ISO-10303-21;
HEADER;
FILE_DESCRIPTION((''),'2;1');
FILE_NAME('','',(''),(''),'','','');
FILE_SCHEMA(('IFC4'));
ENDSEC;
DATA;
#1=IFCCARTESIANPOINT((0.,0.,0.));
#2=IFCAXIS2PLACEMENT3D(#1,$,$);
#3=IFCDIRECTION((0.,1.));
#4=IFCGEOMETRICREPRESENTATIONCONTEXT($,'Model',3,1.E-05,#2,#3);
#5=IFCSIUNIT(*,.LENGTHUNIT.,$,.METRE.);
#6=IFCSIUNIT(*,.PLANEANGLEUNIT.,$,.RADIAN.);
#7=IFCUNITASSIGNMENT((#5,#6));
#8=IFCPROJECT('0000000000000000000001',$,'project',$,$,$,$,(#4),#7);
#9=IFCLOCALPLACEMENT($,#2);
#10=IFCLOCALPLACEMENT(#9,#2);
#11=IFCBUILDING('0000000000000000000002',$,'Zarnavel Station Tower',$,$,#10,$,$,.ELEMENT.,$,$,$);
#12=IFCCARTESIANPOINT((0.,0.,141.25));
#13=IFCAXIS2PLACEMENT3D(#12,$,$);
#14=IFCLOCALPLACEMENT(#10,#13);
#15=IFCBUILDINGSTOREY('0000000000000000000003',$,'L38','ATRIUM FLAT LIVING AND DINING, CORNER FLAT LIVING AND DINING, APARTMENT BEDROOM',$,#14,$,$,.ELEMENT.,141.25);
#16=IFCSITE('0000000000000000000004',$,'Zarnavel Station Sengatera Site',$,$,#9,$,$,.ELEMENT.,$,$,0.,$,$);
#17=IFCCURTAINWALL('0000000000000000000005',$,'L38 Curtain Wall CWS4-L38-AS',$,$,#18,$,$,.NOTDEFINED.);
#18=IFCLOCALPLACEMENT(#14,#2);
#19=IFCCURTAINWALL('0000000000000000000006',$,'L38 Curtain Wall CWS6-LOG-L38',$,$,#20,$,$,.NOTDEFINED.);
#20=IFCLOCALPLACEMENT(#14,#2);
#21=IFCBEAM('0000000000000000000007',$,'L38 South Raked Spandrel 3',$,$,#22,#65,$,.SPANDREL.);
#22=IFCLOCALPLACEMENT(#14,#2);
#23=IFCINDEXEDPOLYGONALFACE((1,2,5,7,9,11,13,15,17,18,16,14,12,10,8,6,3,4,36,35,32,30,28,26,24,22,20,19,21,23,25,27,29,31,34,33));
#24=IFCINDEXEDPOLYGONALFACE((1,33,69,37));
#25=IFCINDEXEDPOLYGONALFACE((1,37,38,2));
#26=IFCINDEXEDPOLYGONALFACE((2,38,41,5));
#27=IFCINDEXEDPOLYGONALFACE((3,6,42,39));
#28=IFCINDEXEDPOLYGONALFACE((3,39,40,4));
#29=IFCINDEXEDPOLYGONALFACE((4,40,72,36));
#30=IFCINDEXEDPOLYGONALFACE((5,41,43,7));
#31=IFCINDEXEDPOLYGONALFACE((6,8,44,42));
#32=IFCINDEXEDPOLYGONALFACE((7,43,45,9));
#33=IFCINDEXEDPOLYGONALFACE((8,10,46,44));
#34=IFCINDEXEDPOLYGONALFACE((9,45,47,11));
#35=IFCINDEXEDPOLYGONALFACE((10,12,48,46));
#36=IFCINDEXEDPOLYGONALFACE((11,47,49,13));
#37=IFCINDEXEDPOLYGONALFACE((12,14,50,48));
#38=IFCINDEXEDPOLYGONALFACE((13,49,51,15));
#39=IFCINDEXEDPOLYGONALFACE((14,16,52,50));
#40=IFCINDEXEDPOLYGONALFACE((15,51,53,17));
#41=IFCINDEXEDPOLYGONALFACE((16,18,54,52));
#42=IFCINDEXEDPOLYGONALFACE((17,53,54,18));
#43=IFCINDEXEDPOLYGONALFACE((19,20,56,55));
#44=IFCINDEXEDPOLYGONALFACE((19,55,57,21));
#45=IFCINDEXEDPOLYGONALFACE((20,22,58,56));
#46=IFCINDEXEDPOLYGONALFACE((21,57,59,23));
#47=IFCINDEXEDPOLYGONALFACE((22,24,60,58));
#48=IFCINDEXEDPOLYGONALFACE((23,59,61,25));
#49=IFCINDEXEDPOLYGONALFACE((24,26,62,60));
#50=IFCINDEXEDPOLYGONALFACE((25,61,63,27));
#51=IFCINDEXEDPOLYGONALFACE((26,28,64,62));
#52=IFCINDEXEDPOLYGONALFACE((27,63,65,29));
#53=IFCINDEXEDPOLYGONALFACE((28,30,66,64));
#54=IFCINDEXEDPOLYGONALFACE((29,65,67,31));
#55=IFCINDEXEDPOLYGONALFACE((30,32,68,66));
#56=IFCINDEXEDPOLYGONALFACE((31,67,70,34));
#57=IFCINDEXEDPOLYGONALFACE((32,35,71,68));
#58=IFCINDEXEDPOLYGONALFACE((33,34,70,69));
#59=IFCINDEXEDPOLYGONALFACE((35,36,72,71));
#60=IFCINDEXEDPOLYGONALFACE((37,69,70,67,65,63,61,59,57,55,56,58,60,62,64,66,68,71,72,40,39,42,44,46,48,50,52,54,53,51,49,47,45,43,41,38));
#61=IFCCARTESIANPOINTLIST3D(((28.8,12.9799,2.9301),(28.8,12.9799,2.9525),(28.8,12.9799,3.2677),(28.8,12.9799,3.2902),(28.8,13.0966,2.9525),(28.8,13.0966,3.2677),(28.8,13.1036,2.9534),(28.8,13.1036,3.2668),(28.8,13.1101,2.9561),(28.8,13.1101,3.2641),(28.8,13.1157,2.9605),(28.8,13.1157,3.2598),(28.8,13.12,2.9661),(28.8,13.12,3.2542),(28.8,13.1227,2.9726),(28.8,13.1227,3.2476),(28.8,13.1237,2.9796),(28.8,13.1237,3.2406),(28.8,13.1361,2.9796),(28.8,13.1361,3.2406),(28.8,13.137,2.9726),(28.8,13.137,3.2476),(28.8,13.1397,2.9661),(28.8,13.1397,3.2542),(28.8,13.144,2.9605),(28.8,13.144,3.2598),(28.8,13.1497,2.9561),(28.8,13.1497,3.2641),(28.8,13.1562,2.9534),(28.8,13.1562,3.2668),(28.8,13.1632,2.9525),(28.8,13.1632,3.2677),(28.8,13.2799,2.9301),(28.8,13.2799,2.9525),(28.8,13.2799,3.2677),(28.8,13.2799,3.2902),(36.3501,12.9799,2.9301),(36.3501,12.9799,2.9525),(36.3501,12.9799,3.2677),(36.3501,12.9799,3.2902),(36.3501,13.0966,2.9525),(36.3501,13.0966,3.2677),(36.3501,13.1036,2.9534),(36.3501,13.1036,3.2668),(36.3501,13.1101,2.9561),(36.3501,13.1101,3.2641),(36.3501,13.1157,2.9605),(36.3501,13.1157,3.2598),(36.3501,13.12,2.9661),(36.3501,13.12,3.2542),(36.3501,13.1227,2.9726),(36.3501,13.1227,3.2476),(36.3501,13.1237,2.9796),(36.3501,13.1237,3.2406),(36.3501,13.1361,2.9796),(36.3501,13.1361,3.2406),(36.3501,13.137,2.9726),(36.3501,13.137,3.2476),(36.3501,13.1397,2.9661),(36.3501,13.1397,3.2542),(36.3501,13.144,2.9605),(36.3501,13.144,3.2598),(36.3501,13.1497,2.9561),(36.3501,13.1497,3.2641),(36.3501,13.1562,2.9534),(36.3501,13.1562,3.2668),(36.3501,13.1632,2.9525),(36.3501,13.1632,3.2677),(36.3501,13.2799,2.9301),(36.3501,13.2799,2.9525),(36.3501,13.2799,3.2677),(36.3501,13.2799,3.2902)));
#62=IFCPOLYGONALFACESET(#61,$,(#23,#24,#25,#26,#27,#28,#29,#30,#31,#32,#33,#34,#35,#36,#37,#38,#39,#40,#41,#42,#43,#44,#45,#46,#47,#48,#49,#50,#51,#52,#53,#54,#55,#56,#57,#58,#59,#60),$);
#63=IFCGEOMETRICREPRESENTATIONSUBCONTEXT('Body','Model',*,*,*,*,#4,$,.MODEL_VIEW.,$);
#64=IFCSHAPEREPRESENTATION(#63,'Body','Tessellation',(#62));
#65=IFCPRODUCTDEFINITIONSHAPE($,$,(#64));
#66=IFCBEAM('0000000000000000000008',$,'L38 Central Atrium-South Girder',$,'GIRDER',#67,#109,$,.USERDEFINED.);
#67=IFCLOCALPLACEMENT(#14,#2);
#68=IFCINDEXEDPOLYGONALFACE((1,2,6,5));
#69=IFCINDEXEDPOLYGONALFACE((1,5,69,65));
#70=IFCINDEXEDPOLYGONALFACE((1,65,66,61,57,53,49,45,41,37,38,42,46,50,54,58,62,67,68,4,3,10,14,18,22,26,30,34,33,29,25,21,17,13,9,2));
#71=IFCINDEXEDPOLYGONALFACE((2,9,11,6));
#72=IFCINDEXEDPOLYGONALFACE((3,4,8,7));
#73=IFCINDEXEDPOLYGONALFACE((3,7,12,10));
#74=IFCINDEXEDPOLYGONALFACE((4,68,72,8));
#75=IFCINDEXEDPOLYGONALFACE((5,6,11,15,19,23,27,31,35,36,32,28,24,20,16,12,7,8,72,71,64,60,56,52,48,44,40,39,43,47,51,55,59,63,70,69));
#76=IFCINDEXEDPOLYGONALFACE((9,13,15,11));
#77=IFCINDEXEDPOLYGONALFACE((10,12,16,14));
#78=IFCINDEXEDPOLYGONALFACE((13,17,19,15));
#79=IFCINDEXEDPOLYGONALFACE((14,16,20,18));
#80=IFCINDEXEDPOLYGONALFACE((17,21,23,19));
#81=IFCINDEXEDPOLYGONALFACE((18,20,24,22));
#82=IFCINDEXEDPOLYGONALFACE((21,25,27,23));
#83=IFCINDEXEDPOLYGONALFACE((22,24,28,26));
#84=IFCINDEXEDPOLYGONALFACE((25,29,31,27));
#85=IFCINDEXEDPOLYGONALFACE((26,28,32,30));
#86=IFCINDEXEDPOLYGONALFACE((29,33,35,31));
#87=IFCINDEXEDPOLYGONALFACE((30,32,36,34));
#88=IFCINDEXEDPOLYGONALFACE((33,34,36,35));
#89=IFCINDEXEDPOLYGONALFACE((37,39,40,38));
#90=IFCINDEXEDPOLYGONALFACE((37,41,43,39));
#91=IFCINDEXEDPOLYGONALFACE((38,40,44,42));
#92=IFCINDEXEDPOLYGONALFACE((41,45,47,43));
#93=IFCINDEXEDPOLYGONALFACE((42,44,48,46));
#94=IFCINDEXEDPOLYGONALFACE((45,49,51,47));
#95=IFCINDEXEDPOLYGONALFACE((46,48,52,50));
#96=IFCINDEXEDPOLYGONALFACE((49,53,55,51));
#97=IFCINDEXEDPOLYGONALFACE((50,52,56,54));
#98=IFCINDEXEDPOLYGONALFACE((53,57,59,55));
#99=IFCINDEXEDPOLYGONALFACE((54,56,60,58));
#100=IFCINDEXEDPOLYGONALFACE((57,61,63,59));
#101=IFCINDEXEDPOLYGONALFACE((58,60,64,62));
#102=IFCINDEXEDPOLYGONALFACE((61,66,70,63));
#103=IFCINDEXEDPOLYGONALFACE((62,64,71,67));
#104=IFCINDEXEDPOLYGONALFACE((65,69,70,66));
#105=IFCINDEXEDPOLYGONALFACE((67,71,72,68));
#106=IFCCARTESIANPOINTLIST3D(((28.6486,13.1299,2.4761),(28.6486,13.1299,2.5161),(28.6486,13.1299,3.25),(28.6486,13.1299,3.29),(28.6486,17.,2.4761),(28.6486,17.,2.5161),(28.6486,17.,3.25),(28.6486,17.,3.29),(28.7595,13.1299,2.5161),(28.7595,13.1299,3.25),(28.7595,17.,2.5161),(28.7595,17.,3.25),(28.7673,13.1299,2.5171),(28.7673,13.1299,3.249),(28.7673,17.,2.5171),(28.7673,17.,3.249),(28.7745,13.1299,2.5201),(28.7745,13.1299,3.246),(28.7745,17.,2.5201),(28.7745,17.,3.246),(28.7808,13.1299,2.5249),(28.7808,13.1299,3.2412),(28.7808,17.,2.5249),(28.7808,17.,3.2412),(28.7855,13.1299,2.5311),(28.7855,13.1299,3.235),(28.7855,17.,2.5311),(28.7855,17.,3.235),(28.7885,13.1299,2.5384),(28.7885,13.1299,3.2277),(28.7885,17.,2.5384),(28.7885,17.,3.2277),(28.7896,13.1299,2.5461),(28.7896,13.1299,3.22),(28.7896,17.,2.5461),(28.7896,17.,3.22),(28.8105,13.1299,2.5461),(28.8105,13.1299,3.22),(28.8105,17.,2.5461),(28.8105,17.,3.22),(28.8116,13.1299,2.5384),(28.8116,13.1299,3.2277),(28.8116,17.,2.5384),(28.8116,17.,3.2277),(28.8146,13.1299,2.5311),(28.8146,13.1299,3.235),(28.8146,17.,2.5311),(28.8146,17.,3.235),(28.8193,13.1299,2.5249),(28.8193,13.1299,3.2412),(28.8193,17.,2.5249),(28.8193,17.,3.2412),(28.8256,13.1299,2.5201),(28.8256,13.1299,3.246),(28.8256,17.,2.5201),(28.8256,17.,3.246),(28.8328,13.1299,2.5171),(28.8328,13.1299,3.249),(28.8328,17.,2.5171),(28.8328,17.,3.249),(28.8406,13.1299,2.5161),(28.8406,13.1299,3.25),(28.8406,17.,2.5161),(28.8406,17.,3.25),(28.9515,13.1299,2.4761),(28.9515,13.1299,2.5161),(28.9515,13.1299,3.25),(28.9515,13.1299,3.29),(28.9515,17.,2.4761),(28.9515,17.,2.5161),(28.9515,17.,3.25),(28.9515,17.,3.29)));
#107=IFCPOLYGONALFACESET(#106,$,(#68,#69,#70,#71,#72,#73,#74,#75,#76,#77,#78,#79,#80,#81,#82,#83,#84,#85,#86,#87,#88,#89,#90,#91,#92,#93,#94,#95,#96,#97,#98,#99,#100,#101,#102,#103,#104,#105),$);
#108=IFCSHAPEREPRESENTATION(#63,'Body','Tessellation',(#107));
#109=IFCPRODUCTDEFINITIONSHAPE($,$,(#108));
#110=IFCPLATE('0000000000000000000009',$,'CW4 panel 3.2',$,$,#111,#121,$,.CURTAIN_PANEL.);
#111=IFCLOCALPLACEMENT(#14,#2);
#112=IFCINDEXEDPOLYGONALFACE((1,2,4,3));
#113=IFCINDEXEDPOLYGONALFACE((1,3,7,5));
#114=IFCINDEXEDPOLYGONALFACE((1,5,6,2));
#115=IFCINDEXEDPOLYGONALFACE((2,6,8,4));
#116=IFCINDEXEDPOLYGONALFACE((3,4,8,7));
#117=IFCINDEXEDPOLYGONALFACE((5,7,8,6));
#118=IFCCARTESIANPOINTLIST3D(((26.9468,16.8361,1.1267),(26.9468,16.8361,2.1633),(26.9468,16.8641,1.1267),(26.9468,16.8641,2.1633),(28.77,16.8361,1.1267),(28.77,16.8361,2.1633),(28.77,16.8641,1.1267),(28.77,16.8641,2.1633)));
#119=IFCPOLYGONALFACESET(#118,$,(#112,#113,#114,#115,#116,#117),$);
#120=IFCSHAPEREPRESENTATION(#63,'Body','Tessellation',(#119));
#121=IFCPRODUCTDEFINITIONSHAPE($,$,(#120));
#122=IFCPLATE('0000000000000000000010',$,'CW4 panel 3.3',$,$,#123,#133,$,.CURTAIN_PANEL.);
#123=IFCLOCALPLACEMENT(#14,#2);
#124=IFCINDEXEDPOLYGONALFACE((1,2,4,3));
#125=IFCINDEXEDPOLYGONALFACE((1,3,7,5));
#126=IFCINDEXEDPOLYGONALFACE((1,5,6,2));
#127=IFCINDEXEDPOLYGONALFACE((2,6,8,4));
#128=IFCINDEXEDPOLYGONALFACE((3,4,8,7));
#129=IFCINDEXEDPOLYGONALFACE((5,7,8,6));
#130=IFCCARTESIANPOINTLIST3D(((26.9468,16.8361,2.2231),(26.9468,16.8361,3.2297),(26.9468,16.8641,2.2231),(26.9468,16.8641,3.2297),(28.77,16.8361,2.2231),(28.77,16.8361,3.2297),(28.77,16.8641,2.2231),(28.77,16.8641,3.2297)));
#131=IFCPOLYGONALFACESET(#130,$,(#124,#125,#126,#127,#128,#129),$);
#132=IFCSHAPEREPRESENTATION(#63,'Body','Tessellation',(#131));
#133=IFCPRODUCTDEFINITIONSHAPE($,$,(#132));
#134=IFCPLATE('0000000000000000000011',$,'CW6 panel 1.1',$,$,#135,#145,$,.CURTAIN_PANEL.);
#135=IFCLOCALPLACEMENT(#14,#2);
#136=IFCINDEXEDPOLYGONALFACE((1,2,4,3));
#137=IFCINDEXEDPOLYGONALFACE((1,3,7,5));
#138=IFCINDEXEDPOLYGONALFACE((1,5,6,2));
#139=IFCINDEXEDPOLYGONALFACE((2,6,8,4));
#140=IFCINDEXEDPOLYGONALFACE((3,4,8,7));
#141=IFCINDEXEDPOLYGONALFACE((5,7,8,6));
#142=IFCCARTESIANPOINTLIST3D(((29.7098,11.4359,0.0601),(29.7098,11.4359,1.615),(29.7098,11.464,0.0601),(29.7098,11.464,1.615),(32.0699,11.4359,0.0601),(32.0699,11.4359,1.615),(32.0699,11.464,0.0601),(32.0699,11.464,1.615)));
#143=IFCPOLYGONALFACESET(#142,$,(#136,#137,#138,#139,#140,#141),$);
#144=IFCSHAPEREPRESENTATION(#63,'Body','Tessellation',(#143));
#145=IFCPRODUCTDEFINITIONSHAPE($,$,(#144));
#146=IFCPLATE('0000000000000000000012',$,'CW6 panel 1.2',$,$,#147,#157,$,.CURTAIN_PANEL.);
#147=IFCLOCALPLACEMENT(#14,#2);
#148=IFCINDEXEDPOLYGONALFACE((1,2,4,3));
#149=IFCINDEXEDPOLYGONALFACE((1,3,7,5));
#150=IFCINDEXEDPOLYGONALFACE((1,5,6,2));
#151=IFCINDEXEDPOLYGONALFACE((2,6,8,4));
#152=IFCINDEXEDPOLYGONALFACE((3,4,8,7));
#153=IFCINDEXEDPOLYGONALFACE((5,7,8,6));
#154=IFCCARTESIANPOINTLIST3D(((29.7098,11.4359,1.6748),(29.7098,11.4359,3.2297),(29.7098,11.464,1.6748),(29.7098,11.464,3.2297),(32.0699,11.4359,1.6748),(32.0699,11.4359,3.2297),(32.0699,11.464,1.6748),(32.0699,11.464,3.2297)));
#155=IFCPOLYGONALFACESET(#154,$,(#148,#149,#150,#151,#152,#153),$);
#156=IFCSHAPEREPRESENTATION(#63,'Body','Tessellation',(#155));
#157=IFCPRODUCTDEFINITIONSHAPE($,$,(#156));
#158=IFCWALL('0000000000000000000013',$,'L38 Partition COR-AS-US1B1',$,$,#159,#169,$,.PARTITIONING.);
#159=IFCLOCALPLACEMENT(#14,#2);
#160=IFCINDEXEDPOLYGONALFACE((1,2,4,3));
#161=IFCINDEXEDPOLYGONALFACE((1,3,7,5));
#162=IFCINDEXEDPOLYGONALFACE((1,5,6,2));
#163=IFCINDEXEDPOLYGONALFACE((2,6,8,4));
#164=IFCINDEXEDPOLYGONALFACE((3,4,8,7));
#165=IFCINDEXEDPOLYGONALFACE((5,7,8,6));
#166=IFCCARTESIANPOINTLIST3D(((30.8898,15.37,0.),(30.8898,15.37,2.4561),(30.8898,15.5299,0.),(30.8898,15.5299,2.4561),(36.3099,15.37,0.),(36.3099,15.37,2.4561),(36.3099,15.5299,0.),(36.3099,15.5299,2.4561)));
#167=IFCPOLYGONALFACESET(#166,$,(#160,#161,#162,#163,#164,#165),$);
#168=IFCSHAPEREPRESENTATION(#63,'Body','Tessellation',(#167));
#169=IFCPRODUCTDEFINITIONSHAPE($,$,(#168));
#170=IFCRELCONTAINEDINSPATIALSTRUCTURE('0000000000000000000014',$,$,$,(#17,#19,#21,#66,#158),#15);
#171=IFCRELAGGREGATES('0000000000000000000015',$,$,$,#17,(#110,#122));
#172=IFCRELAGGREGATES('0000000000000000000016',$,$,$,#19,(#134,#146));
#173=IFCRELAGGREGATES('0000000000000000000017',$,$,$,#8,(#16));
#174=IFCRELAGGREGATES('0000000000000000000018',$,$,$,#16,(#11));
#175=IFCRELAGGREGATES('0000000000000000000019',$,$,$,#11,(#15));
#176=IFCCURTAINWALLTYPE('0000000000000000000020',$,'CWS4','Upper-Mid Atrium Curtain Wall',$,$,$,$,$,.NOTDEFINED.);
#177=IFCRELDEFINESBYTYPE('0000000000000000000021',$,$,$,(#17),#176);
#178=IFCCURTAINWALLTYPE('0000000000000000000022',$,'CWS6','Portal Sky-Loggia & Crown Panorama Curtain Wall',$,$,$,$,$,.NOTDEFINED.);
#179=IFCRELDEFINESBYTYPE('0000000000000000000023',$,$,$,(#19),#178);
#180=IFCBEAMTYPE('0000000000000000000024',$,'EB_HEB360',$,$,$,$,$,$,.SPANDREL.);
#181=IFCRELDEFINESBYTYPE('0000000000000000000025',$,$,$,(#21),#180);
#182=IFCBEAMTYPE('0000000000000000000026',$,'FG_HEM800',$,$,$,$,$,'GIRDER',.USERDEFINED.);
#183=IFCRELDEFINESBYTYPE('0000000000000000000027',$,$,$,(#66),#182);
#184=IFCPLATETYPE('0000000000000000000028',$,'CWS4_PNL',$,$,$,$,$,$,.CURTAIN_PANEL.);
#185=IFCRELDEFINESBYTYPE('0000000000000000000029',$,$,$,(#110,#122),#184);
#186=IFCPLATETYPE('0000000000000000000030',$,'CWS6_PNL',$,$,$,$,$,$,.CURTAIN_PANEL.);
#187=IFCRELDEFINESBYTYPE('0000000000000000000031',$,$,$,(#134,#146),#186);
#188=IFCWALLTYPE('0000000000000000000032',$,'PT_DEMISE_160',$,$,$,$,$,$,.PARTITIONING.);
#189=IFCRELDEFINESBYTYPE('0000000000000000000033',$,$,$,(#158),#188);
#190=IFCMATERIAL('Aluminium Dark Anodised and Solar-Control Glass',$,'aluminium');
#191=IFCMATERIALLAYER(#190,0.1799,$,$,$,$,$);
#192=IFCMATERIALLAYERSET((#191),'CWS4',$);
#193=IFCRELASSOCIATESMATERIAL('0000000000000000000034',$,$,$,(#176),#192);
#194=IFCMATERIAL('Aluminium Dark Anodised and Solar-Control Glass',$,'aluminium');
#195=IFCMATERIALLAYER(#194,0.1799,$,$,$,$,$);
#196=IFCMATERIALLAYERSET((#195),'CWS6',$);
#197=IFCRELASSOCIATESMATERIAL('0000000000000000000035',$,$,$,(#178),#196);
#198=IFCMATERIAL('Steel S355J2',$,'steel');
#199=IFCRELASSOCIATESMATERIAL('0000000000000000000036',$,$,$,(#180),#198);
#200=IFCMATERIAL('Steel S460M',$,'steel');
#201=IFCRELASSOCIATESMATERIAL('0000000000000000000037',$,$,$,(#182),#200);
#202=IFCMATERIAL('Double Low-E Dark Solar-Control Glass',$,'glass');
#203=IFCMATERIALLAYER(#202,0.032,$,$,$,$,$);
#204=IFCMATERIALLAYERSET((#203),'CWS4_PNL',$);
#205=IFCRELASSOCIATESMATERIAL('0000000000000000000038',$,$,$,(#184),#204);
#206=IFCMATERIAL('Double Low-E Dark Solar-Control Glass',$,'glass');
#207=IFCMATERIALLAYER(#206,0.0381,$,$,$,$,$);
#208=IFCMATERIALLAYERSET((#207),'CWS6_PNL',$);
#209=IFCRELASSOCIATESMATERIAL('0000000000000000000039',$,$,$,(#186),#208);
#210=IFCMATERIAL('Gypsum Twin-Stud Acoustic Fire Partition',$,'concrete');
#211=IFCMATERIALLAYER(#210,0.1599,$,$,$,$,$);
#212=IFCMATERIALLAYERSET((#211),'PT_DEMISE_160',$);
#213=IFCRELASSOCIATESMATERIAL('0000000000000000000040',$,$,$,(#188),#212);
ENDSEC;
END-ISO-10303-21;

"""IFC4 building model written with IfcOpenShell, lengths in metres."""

from ifc_helpers import new_model, si_unit, direction, frame, frame_2d, origin, origin_2d, place, context, subcontext, project, spatial, rectangle, i_section, extrude, material, layer, layer_set, material_profile, profile_set, type_object, element, aggregate, save


model = new_model("IFC4")

# Units and contexts
model_context = context("Model", 3, precision=1e-05, world=origin(), true_north=direction((0.0, 1.0)))
body_context = subcontext(model_context, "Body", "Model", "MODEL_VIEW")
ifc_project = project(units=[si_unit("LENGTHUNIT", "METRE"), si_unit("PLANEANGLEUNIT", "RADIAN")], contexts=[model_context])

# Site, building, storey
site_placement = place(None, origin())
site = spatial("IfcSite", under=ifc_project, at=site_placement, Name="Zarnavel Station Sengatera Site", CompositionType="ELEMENT", RefElevation=0.0)
building_placement = place(site_placement, origin())
building = spatial("IfcBuilding", under=site, at=building_placement, Name="Zarnavel Station Tower", CompositionType="ELEMENT")
storey_placement = place(building_placement, frame((0.0, 0.0, 141.25)))
storey = spatial("IfcBuildingStorey", under=building, at=storey_placement, Name="L38", Description="ATRIUM FLAT LIVING AND DINING, CORNER FLAT LIVING AND DINING, APARTMENT BEDROOM", CompositionType="ELEMENT", Elevation=141.25)

# Curtain wall
ifc_material_1 = material(Name="Aluminium Dark Anodised and Solar-Control Glass", Category="aluminium")
ifc_layer_1 = layer(ifc_material_1, 0.1799)
ifc_layer_set_1 = layer_set([ifc_layer_1], Name="CWS4")
curtain_wall_type_1 = type_object("IfcCurtainWallType", Name="CWS4", Description="Upper-Mid Atrium Curtain Wall", PredefinedType="NOTDEFINED", material=ifc_layer_set_1)
curtain_wall_1_placement = place(storey_placement, origin())
curtain_wall_1 = element("IfcCurtainWall", 1, at=curtain_wall_1_placement, inside=storey, type_object=curtain_wall_type_1, Name="L38 Curtain Wall CWS4-L38-AS", PredefinedType="NOTDEFINED")

# Curtain wall
ifc_material_2 = material(Name="Aluminium Dark Anodised and Solar-Control Glass", Category="aluminium")
ifc_layer_2 = layer(ifc_material_2, 0.1799)
ifc_layer_set_2 = layer_set([ifc_layer_2], Name="CWS6")
curtain_wall_type_2 = type_object("IfcCurtainWallType", Name="CWS6", Description="Portal Sky-Loggia & Crown Panorama Curtain Wall", PredefinedType="NOTDEFINED", material=ifc_layer_set_2)
curtain_wall_2_placement = place(storey_placement, origin())
curtain_wall_2 = element("IfcCurtainWall", 2, at=curtain_wall_2_placement, inside=storey, type_object=curtain_wall_type_2, Name="L38 Curtain Wall CWS6-LOG-L38", PredefinedType="NOTDEFINED")

# Beams
ifc_material_3 = material(Name="Steel S355J2", Category="steel")
ifc_material_profile_1 = material_profile(ifc_material_3, i_section(OverallWidth=0.3, OverallDepth=0.3601, WebThickness=0.0125, FlangeThickness=0.0225, FilletRadius=0.0271, at=origin_2d()), Name="HEB360")
ifc_profile_set_1 = profile_set([ifc_material_profile_1], Name="Steel S355J2")
beam_type_1 = type_object("IfcBeamType", Name="EB_HEB360", PredefinedType="SPANDREL", material=ifc_profile_set_1)
beam_1_placement = place(storey_placement, frame((28.8, 13.1299, 3.1101), z_axis=(1.0, 0.0, 0.0), x_axis=(0.0, 1.0, 0.0)))
element("IfcBeam", 3, at=beam_1_placement, inside=storey, type_object=beam_type_1, Name="L38 South Raked Spandrel 3", PredefinedType="SPANDREL", context=body_context, shape_type="SweptSolid", body=[
    extrude(i_section(OverallWidth=0.3, OverallDepth=0.3601, WebThickness=0.0125, FlangeThickness=0.0225, FilletRadius=0.0271, at=origin_2d()), origin(), (0.0, 0.0, 1.0), 7.55),
])
ifc_material_4 = material(Name="Steel S460M", Category="steel")
ifc_material_profile_2 = material_profile(ifc_material_4, i_section(OverallWidth=0.303, OverallDepth=0.814, WebThickness=0.021, FlangeThickness=0.04, FilletRadius=0.03, at=origin_2d()), Name="HEM800")
ifc_profile_set_2 = profile_set([ifc_material_profile_2], Name="Steel S460M")
beam_type_2 = type_object("IfcBeamType", Name="FG_HEM800", ElementType="GIRDER", PredefinedType="USERDEFINED", material=ifc_profile_set_2)
beam_2_placement = place(storey_placement, frame((28.8, 13.1299, 2.8831), z_axis=(0.0, 1.0, 0.0), x_axis=(-1.0, 0.0, 0.0)))
element("IfcBeam", 4, at=beam_2_placement, inside=storey, type_object=beam_type_2, Name="L38 Central Atrium-South Girder", ObjectType="GIRDER", PredefinedType="USERDEFINED", context=body_context, shape_type="SweptSolid", body=[
    extrude(i_section(OverallWidth=0.303, OverallDepth=0.814, WebThickness=0.021, FlangeThickness=0.04, FilletRadius=0.03, at=origin_2d()), origin(), (0.0, 0.0, 1.0), 3.8701),
])

# Plates
ifc_material_5 = material(Name="Double Low-E Dark Solar-Control Glass", Category="glass")
ifc_layer_3 = layer(ifc_material_5, 0.032)
ifc_layer_set_3 = layer_set([ifc_layer_3], Name="CWS4_PNL")
plate_type_1 = type_object("IfcPlateType", Name="CWS4_PNL", PredefinedType="CURTAIN_PANEL", material=ifc_layer_set_3)
plate_1_placement = place(storey_placement, frame((27.8584, 16.8501, 1.1267), z_axis=(0.0, 0.0, 1.0), x_axis=(1.0, 0.0, 0.0)))
plate_1 = element("IfcPlate", 5, at=plate_1_placement, type_object=plate_type_1, Name="CW4 panel 3.2", PredefinedType="CURTAIN_PANEL", context=body_context, shape_type="SweptSolid", body=[
    extrude(rectangle(XDim=1.8232, YDim=0.0281, at=origin_2d()), origin(), (0.0, 0.0, 1.0), 1.0366),
])
plate_2_placement = place(storey_placement, frame((27.8584, 16.8501, 2.2231), z_axis=(0.0, 0.0, 1.0), x_axis=(1.0, 0.0, 0.0)))
plate_2 = element("IfcPlate", 6, at=plate_2_placement, type_object=plate_type_1, Name="CW4 panel 3.3", PredefinedType="CURTAIN_PANEL", context=body_context, shape_type="SweptSolid", body=[
    extrude(rectangle(XDim=1.8232, YDim=0.0281, at=origin_2d()), origin(), (0.0, 0.0, 1.0), 1.0066),
])
aggregate(curtain_wall_1, [plate_1, plate_2])
ifc_material_6 = material(Name="Double Low-E Dark Solar-Control Glass", Category="glass")
ifc_layer_4 = layer(ifc_material_6, 0.0381)
ifc_layer_set_4 = layer_set([ifc_layer_4], Name="CWS6_PNL")
plate_type_2 = type_object("IfcPlateType", Name="CWS6_PNL", PredefinedType="CURTAIN_PANEL", material=ifc_layer_set_4)
plate_3_placement = place(storey_placement, frame((30.8899, 11.45, 0.0601), z_axis=(0.0, 0.0, 1.0), x_axis=(1.0, 0.0, 0.0)))
plate_3 = element("IfcPlate", 7, at=plate_3_placement, type_object=plate_type_2, Name="CW6 panel 1.1", PredefinedType="CURTAIN_PANEL", context=body_context, shape_type="SweptSolid", body=[
    extrude(rectangle(XDim=2.3601, YDim=0.0281, at=origin_2d()), origin(), (0.0, 0.0, 1.0), 1.5549),
])
plate_4_placement = place(storey_placement, frame((30.8899, 11.45, 1.6748), z_axis=(0.0, 0.0, 1.0), x_axis=(1.0, 0.0, 0.0)))
plate_4 = element("IfcPlate", 8, at=plate_4_placement, type_object=plate_type_2, Name="CW6 panel 1.2", PredefinedType="CURTAIN_PANEL", context=body_context, shape_type="SweptSolid", body=[
    extrude(rectangle(XDim=2.3601, YDim=0.0281, at=origin_2d()), origin(), (0.0, 0.0, 1.0), 1.5549),
])
aggregate(curtain_wall_2, [plate_3, plate_4])

# Wall
ifc_material_7 = material(Name="Gypsum Twin-Stud Acoustic Fire Partition", Category="concrete")
ifc_layer_5 = layer(ifc_material_7, 0.1599)
ifc_layer_set_5 = layer_set([ifc_layer_5], Name="PT_DEMISE_160")
wall_type_1 = type_object("IfcWallType", Name="PT_DEMISE_160", PredefinedType="PARTITIONING", material=ifc_layer_set_5)
wall_1_placement = place(storey_placement, frame((30.8899, 15.45, 0.0), z_axis=(0.0, 0.0, 1.0), x_axis=(1.0, 0.0, 0.0)))
element("IfcWall", 9, at=wall_1_placement, inside=storey, type_object=wall_type_1, Name="L38 Partition COR-AS-US1B1", PredefinedType="PARTITIONING", context=body_context, shape_type="SweptSolid", body=[
    extrude(rectangle(XDim=5.4202, YDim=0.1599, at=frame_2d((2.71, 0.0))), origin(), (0.0, 0.0, 1.0), 2.4561),
])

save(model, "model.ifc")
